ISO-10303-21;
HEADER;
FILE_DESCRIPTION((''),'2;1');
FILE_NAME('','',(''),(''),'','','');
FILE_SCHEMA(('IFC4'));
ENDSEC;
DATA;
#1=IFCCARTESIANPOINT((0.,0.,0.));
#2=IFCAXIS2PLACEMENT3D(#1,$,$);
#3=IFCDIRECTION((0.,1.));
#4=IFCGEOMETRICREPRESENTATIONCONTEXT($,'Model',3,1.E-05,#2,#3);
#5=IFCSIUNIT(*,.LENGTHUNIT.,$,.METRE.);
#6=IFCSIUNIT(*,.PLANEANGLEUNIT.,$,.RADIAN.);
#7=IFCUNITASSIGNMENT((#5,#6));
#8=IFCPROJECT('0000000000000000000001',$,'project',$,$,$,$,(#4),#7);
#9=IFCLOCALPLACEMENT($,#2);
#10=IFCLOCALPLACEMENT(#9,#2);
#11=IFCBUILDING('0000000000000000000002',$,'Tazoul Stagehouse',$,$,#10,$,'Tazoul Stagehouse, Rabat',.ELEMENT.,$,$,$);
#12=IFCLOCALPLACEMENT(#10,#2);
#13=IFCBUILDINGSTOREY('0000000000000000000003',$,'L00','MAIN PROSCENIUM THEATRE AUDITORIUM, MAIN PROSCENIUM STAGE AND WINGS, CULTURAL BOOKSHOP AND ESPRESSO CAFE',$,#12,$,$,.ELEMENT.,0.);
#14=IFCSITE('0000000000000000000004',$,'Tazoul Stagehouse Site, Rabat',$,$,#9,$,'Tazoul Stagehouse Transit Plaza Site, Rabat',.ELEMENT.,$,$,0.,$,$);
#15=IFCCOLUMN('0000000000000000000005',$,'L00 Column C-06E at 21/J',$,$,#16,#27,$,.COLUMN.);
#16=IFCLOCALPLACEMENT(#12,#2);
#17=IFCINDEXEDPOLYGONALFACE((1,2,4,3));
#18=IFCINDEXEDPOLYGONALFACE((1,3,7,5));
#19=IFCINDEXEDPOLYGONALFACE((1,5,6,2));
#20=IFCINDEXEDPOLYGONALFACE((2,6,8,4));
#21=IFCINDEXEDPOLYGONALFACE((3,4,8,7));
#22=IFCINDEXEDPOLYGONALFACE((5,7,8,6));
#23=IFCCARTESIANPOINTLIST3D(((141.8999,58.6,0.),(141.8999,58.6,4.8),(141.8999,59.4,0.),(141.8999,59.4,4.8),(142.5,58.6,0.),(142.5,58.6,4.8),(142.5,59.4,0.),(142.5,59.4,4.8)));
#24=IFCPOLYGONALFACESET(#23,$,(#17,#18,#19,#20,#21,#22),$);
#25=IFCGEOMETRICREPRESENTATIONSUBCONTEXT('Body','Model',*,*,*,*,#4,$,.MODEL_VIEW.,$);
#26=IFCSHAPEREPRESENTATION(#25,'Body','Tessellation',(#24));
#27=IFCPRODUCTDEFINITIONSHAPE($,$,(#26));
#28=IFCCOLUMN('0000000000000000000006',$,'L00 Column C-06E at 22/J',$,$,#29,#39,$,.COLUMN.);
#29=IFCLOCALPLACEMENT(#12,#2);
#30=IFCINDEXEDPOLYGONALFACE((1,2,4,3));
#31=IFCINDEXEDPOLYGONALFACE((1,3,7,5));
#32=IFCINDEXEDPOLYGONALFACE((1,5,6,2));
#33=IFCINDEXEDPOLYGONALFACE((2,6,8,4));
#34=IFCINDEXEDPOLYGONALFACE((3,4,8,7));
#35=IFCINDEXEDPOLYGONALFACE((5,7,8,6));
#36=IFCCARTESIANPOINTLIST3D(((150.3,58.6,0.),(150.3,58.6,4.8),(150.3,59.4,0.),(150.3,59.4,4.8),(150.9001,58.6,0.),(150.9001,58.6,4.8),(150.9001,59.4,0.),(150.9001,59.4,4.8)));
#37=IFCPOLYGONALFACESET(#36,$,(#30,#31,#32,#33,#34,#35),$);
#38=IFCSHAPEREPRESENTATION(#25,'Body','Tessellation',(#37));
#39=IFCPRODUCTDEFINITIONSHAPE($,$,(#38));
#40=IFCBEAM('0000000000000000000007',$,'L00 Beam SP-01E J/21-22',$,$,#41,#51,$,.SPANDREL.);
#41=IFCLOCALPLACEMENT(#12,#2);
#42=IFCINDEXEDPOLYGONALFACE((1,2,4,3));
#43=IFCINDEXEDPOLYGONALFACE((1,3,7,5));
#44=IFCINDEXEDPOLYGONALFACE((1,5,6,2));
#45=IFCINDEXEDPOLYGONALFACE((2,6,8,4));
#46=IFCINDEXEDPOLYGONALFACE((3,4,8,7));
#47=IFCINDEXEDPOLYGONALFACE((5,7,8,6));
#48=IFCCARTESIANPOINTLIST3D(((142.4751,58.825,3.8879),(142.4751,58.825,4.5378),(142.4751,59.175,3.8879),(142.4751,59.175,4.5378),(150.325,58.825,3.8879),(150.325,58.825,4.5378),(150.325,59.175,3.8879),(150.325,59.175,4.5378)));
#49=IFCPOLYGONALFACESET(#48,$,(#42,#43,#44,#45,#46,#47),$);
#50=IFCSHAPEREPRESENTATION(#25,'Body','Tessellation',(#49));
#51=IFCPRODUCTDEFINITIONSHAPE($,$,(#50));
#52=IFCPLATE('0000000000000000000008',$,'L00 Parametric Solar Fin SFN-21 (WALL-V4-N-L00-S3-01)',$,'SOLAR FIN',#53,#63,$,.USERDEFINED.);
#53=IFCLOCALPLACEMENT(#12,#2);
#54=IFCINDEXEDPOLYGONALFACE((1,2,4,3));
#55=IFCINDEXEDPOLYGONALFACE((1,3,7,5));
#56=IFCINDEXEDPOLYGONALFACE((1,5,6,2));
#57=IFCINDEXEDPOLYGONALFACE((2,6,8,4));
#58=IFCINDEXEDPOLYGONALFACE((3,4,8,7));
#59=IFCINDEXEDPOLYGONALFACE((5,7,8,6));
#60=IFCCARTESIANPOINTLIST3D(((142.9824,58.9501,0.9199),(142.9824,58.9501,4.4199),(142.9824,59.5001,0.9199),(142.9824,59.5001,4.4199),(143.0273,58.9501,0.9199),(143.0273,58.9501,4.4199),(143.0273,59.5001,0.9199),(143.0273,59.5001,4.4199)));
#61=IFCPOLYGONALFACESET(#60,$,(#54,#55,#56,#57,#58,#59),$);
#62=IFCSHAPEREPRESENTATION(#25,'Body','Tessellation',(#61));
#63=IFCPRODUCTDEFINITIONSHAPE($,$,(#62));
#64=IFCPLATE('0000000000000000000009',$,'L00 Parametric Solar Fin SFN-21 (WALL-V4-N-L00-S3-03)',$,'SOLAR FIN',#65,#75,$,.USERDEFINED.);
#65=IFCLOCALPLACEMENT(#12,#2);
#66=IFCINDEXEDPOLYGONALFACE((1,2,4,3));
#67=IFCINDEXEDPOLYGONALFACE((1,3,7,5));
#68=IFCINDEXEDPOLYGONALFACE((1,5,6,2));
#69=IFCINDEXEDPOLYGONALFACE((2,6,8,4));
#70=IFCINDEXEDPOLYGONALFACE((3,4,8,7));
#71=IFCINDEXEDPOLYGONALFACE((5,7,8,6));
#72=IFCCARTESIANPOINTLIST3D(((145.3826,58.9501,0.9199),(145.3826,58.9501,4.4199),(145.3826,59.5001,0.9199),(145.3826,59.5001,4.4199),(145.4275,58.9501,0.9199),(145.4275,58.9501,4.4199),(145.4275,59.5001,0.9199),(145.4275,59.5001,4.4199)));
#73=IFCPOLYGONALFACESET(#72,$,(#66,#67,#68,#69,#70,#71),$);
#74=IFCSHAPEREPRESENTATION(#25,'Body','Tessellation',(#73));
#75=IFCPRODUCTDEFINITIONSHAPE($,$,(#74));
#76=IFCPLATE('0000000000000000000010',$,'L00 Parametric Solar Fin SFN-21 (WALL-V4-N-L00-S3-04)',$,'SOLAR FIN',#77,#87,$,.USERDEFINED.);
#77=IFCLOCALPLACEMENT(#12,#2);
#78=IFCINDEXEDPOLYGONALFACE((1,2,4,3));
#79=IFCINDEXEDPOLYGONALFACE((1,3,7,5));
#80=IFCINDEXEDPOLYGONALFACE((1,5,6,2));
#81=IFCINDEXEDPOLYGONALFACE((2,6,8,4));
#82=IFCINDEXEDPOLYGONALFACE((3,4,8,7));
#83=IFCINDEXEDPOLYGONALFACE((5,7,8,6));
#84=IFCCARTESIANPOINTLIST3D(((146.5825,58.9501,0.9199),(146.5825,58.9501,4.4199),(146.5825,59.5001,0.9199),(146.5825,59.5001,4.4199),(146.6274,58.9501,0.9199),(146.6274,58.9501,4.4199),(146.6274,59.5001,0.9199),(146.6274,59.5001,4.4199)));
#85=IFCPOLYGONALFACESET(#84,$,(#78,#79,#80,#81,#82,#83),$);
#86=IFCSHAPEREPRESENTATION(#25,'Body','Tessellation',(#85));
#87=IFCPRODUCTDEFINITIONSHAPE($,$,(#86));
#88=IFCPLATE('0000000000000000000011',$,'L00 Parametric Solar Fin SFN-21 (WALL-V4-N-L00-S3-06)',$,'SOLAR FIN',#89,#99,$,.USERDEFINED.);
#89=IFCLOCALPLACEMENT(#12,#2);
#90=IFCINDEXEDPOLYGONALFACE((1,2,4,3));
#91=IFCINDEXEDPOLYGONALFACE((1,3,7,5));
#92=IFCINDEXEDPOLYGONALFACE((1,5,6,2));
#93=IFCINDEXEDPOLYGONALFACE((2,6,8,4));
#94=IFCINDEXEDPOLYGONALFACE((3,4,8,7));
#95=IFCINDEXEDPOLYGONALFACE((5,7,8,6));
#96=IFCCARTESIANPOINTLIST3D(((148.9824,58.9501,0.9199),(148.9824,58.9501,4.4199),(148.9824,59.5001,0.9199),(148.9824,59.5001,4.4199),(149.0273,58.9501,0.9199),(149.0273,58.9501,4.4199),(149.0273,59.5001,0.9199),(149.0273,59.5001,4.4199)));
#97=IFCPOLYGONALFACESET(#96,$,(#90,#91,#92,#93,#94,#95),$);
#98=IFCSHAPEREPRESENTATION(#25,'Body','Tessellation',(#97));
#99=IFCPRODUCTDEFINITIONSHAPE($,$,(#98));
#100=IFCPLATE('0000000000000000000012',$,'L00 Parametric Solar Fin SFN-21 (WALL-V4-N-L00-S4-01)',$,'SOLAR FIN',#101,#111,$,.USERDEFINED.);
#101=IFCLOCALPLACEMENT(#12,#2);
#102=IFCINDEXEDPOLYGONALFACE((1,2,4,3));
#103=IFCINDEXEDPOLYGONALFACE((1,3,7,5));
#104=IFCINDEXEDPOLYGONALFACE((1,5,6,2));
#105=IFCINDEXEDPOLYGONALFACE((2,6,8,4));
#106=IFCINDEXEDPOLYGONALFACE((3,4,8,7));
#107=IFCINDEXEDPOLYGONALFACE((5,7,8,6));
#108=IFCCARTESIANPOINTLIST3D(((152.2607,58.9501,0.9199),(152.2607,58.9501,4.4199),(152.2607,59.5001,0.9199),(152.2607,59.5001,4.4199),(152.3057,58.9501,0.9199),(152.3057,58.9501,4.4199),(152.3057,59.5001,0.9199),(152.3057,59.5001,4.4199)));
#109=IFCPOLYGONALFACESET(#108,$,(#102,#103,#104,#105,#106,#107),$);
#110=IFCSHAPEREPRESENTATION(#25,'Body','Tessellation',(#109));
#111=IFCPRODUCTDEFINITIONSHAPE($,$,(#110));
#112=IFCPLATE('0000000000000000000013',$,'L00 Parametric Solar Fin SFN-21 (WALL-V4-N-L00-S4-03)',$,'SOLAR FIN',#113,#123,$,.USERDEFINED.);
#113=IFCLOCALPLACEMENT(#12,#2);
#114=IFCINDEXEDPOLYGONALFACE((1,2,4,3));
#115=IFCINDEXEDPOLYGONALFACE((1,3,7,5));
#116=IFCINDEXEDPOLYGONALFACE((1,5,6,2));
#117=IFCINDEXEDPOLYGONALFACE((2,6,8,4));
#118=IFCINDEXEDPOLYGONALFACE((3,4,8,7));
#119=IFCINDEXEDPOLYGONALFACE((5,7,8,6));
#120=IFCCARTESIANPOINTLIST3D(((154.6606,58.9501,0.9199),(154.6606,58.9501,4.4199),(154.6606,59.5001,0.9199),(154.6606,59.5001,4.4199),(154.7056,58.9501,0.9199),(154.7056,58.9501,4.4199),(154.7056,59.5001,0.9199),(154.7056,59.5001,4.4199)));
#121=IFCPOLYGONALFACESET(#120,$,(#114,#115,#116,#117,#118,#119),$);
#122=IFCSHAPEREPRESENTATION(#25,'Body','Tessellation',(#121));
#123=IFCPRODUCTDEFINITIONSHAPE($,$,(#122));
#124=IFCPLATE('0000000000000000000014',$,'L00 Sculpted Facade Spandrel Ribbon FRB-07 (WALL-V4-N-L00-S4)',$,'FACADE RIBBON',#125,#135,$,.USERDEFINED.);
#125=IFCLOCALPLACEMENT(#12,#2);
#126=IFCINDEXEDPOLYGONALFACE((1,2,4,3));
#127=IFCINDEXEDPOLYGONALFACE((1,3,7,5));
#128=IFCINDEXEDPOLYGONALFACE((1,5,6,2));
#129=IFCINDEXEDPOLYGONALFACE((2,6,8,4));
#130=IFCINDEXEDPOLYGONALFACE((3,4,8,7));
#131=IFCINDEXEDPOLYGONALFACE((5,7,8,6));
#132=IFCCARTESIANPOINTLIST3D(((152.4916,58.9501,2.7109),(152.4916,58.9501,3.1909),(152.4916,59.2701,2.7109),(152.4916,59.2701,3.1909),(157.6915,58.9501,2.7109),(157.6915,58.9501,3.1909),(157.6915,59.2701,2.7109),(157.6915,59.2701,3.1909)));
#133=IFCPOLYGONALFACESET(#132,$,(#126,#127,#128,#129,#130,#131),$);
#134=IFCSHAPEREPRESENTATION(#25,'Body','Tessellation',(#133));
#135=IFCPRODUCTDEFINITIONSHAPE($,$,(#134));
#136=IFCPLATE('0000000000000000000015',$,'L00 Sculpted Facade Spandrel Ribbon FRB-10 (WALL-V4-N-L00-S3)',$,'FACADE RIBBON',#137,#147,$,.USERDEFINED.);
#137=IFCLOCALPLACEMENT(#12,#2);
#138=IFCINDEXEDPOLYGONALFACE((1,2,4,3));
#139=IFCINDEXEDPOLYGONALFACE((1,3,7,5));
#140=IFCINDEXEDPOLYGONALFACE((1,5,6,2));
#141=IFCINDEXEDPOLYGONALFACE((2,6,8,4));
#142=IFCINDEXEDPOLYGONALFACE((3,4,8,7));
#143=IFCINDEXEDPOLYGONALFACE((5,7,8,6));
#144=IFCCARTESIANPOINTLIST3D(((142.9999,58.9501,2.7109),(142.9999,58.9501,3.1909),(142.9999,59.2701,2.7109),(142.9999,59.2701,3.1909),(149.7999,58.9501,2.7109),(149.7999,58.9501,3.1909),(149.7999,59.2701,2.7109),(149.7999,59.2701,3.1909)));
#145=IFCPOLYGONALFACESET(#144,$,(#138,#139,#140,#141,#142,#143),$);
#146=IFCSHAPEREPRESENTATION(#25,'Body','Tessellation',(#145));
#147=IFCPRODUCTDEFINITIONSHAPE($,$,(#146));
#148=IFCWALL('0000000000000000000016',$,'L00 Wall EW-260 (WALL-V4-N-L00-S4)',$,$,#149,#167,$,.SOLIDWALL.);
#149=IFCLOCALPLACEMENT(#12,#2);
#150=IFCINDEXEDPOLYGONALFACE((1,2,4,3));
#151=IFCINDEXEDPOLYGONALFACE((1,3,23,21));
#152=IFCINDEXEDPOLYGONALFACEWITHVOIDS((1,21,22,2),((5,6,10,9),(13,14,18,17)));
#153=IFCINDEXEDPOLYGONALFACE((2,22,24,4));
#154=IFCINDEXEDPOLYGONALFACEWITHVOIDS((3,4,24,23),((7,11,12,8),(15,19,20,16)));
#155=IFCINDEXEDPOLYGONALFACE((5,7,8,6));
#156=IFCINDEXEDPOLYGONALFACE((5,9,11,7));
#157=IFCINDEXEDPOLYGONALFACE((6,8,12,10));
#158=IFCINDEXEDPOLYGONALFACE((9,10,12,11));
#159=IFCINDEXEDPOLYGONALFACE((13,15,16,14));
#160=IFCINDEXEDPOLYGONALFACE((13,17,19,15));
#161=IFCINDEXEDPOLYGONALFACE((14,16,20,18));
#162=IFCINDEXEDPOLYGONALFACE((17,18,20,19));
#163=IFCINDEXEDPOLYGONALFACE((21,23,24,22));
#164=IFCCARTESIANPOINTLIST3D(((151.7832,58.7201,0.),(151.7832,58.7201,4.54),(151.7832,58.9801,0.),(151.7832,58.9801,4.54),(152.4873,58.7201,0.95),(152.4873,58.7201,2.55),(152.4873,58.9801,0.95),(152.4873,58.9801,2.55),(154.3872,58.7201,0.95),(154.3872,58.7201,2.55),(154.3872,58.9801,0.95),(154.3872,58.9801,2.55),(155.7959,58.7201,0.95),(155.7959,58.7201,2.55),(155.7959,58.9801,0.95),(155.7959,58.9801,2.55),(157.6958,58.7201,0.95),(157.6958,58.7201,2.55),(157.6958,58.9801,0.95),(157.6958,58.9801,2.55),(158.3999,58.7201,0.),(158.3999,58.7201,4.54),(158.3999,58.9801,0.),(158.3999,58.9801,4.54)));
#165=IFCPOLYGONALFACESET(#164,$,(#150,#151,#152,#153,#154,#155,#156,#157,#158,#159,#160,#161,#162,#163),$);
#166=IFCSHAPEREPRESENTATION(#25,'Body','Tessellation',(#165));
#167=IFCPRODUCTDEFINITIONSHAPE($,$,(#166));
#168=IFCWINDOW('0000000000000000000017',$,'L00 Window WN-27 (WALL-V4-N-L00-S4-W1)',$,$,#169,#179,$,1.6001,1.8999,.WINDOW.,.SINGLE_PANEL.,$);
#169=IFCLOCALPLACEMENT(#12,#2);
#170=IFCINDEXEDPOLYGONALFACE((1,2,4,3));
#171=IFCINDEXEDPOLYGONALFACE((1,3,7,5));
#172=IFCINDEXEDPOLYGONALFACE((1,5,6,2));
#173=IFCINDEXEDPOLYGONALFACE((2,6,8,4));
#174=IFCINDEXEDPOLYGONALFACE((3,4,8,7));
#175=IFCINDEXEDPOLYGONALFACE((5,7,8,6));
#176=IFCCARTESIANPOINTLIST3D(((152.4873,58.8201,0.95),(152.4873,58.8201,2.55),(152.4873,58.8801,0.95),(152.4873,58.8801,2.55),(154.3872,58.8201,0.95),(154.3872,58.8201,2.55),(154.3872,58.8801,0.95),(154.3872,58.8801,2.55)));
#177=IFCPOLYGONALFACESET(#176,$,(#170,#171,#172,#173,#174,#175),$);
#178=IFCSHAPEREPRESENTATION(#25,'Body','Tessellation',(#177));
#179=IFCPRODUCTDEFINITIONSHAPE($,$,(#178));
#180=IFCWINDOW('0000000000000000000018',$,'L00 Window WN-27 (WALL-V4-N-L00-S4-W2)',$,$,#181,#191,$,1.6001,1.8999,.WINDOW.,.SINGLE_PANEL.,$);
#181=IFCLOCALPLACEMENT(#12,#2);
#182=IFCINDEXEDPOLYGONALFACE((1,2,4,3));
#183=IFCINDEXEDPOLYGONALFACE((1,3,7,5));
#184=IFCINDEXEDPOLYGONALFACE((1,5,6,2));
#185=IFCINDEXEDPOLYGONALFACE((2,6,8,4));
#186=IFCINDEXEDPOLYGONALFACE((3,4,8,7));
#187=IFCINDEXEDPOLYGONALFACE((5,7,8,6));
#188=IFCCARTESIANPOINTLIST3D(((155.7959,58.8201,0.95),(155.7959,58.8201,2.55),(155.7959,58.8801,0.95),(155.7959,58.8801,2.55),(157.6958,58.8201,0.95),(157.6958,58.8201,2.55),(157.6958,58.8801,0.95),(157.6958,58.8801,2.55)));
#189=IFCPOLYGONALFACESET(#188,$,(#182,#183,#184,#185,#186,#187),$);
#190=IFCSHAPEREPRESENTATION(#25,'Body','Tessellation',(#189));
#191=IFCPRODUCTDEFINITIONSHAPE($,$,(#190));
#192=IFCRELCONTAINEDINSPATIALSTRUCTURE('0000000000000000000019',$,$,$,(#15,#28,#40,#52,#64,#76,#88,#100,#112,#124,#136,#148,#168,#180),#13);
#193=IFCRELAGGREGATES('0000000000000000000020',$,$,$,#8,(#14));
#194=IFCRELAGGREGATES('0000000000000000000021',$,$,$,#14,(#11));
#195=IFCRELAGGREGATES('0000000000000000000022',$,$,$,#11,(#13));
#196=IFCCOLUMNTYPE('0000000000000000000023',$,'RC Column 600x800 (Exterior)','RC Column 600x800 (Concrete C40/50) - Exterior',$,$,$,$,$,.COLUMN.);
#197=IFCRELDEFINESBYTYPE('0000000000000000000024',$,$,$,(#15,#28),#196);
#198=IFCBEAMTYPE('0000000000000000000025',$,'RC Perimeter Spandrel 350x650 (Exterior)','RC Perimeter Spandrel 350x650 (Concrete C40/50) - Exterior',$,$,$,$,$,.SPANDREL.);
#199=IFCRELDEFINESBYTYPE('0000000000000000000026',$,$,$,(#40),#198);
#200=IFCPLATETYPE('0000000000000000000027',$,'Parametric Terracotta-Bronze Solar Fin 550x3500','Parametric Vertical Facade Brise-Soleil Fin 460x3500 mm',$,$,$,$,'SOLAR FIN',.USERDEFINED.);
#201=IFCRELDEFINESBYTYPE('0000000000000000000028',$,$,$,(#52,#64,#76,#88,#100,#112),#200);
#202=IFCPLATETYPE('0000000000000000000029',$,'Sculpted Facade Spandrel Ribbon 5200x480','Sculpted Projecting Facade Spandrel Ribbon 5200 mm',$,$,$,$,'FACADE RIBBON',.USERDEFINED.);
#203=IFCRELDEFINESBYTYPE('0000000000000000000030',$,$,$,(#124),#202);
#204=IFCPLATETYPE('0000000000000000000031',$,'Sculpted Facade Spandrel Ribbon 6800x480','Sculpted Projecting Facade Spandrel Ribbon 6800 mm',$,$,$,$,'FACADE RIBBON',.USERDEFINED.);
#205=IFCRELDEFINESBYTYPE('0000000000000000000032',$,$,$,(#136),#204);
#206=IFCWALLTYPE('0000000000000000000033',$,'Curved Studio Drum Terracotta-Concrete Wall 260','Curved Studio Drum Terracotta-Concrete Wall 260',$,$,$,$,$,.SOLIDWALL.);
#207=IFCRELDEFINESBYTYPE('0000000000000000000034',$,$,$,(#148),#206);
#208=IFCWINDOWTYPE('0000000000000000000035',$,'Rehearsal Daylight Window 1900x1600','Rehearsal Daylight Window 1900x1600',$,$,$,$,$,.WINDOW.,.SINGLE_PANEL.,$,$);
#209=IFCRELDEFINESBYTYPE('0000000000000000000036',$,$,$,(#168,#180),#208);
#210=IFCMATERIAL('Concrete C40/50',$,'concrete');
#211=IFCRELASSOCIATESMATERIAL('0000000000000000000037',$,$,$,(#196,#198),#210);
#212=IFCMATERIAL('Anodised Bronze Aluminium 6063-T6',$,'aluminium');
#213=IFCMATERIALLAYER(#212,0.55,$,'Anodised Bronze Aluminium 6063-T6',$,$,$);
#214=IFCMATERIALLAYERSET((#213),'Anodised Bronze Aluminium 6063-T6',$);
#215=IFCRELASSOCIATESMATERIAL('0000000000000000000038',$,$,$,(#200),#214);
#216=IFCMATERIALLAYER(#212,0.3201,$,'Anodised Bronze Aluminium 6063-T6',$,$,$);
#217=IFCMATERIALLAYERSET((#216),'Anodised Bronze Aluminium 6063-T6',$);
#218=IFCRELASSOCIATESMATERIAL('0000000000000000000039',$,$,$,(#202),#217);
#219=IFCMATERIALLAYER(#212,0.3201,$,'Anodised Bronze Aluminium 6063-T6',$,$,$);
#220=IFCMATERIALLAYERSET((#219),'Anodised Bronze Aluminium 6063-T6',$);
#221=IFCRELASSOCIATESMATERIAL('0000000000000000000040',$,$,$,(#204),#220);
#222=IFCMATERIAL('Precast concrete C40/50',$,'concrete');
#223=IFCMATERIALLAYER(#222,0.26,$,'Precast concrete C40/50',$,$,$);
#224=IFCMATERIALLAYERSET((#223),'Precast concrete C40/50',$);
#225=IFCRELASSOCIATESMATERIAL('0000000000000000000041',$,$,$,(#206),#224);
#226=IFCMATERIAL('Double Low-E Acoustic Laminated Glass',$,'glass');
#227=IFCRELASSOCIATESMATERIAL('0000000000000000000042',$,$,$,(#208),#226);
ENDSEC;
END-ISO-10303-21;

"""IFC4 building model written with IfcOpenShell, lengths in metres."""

from ifc_helpers import new_model, si_unit, direction, frame, frame_2d, origin, origin_2d, place, context, subcontext, project, spatial, rectangle, extrude, material, layer, layer_set, material_profile, profile_set, type_object, element, fill, save


model = new_model("IFC4")

# Units and contexts
model_context = context("Model", 3, precision=1e-05, world=origin(), true_north=direction((0.0, 1.0)))
body_context = subcontext(model_context, "Body", "Model", "MODEL_VIEW")
ifc_project = project(units=[si_unit("LENGTHUNIT", "METRE"), si_unit("PLANEANGLEUNIT", "RADIAN")], contexts=[model_context])

# Site, building, storey
site_placement = place(None, origin())
site = spatial("IfcSite", under=ifc_project, at=site_placement, Name="Tazoul Stagehouse Site, Rabat", LongName="Tazoul Stagehouse Transit Plaza Site, Rabat", CompositionType="ELEMENT", RefElevation=0.0)
building_placement = place(site_placement, origin())
building = spatial("IfcBuilding", under=site, at=building_placement, Name="Tazoul Stagehouse", LongName="Tazoul Stagehouse, Rabat", CompositionType="ELEMENT")
storey_placement = place(building_placement, origin())
storey = spatial("IfcBuildingStorey", under=building, at=storey_placement, Name="L00", Description="MAIN PROSCENIUM THEATRE AUDITORIUM, MAIN PROSCENIUM STAGE AND WINGS, CULTURAL BOOKSHOP AND ESPRESSO CAFE", CompositionType="ELEMENT", Elevation=0.0)

# Columns
ifc_material_1 = material(Name="Concrete C40/50", Category="concrete")
ifc_material_profile_1 = material_profile(ifc_material_1, rectangle(XDim=0.6001, YDim=0.8, at=origin_2d()), Name="RC 600x800")
ifc_profile_set_1 = profile_set([ifc_material_profile_1], Name="Concrete C40/50")
column_type = type_object("IfcColumnType", Name="RC Column 600x800 (Exterior)", Description="RC Column 600x800 (Concrete C40/50) - Exterior", PredefinedType="COLUMN", material=ifc_profile_set_1)
for number, where, z_axis, x_axis, name in (
    (1, (142.2, 59.0, 0.0), (0.0, 0.0, 1.0), (1.0, 0.0, 0.0), "L00 Column C-06E at 21/J"),
    (2, (150.6001, 59.0, 0.0), (0.0, 0.0, 1.0), (1.0, 0.0, 0.0), "L00 Column C-06E at 22/J"),
):
    element("IfcColumn", number, at=place(storey_placement, frame(where, z_axis=z_axis, x_axis=x_axis)), inside=storey, type_object=column_type, Name=name, PredefinedType="COLUMN", context=body_context, shape_type="SweptSolid", body=[
        extrude(rectangle(XDim=0.6001, YDim=0.8, at=origin_2d()), origin(), (0.0, 0.0, 1.0), 4.8),
    ])

# Beam
ifc_material_profile_2 = material_profile(ifc_material_1, rectangle(XDim=0.3501, YDim=0.6499, at=origin_2d()), Name="RC 350x650")
ifc_profile_set_2 = profile_set([ifc_material_profile_2], Name="Concrete C40/50")
beam_type = type_object("IfcBeamType", Name="RC Perimeter Spandrel 350x650 (Exterior)", Description="RC Perimeter Spandrel 350x650 (Concrete C40/50) - Exterior", PredefinedType="SPANDREL", material=ifc_profile_set_2)
beam_placement = place(storey_placement, frame((142.4751, 59.0, 4.2129), z_axis=(1.0, 0.0, 0.0), x_axis=(0.0, 1.0, 0.0)))
element("IfcBeam", 3, at=beam_placement, inside=storey, type_object=beam_type, Name="L00 Beam SP-01E J/21-22", PredefinedType="SPANDREL", context=body_context, shape_type="SweptSolid", body=[
    extrude(rectangle(XDim=0.3501, YDim=0.6499, at=origin_2d()), origin(), (0.0, 0.0, 1.0), 7.8499),
])

# Plates
ifc_material_2 = material(Name="Anodised Bronze Aluminium 6063-T6", Category="aluminium")
ifc_layer_1 = layer(ifc_material_2, 0.55, Name="Anodised Bronze Aluminium 6063-T6")
ifc_layer_set_1 = layer_set([ifc_layer_1], Name="Anodised Bronze Aluminium 6063-T6")
plate_type_1 = type_object("IfcPlateType", Name="Parametric Terracotta-Bronze Solar Fin 550x3500", Description="Parametric Vertical Facade Brise-Soleil Fin 460x3500 mm", ElementType="SOLAR FIN", PredefinedType="USERDEFINED", material=ifc_layer_set_1)
for number, where, z_axis, x_axis, name in (
    (4, (143.0049, 59.2251, 0.9199), (0.0, 0.0, 1.0), (1.0, 0.0, 0.0), "L00 Parametric Solar Fin SFN-21 (WALL-V4-N-L00-S3-01)"),
    (5, (145.405, 59.2251, 0.9199), (0.0, 0.0, 1.0), (1.0, 0.0, 0.0), "L00 Parametric Solar Fin SFN-21 (WALL-V4-N-L00-S3-03)"),
    (6, (146.605, 59.2251, 0.9199), (0.0, 0.0, 1.0), (1.0, 0.0, 0.0), "L00 Parametric Solar Fin SFN-21 (WALL-V4-N-L00-S3-04)"),
    (7, (149.0049, 59.2251, 0.9199), (0.0, 0.0, 1.0), (1.0, 0.0, 0.0), "L00 Parametric Solar Fin SFN-21 (WALL-V4-N-L00-S3-06)"),
    (8, (152.2832, 59.2251, 0.9199), (0.0, 0.0, 1.0), (1.0, 0.0, 0.0), "L00 Parametric Solar Fin SFN-21 (WALL-V4-N-L00-S4-01)"),
    (9, (154.6831, 59.2251, 0.9199), (0.0, 0.0, 1.0), (1.0, 0.0, 0.0), "L00 Parametric Solar Fin SFN-21 (WALL-V4-N-L00-S4-03)"),
):
    element("IfcPlate", number, at=place(storey_placement, frame(where, z_axis=z_axis, x_axis=x_axis)), inside=storey, type_object=plate_type_1, Name=name, ObjectType="SOLAR FIN", PredefinedType="USERDEFINED", context=body_context, shape_type="SweptSolid", body=[
        extrude(rectangle(XDim=0.0449, YDim=0.55, at=origin_2d()), origin(), (0.0, 0.0, 1.0), 3.5),
    ])
ifc_layer_2 = layer(ifc_material_2, 0.3201, Name="Anodised Bronze Aluminium 6063-T6")
ifc_layer_set_2 = layer_set([ifc_layer_2], Name="Anodised Bronze Aluminium 6063-T6")
plate_type_2 = type_object("IfcPlateType", Name="Sculpted Facade Spandrel Ribbon 5200x480", Description="Sculpted Projecting Facade Spandrel Ribbon 5200 mm", ElementType="FACADE RIBBON", PredefinedType="USERDEFINED", material=ifc_layer_set_2)
plate_1_placement = place(storey_placement, frame((155.0916, 59.1101, 2.7109), z_axis=(0.0, 0.0, 1.0), x_axis=(1.0, 0.0, 0.0)))
element("IfcPlate", 10, at=plate_1_placement, inside=storey, type_object=plate_type_2, Name="L00 Sculpted Facade Spandrel Ribbon FRB-07 (WALL-V4-N-L00-S4)", ObjectType="FACADE RIBBON", PredefinedType="USERDEFINED", context=body_context, shape_type="SweptSolid", body=[
    extrude(rectangle(XDim=5.2, YDim=0.3201, at=origin_2d()), origin(), (0.0, 0.0, 1.0), 0.48),
])
ifc_layer_3 = layer(ifc_material_2, 0.3201, Name="Anodised Bronze Aluminium 6063-T6")
ifc_layer_set_3 = layer_set([ifc_layer_3], Name="Anodised Bronze Aluminium 6063-T6")
plate_type_3 = type_object("IfcPlateType", Name="Sculpted Facade Spandrel Ribbon 6800x480", Description="Sculpted Projecting Facade Spandrel Ribbon 6800 mm", ElementType="FACADE RIBBON", PredefinedType="USERDEFINED", material=ifc_layer_set_3)
plate_2_placement = place(storey_placement, frame((146.3999, 59.1101, 2.7109), z_axis=(0.0, 0.0, 1.0), x_axis=(1.0, 0.0, 0.0)))
element("IfcPlate", 11, at=plate_2_placement, inside=storey, type_object=plate_type_3, Name="L00 Sculpted Facade Spandrel Ribbon FRB-10 (WALL-V4-N-L00-S3)", ObjectType="FACADE RIBBON", PredefinedType="USERDEFINED", context=body_context, shape_type="SweptSolid", body=[
    extrude(rectangle(XDim=6.8, YDim=0.3201, at=origin_2d()), origin(), (0.0, 0.0, 1.0), 0.48),
])

# Wall, openings, windows
ifc_material_3 = material(Name="Precast concrete C40/50", Category="concrete")
ifc_layer_4 = layer(ifc_material_3, 0.26, Name="Precast concrete C40/50")
ifc_layer_set_4 = layer_set([ifc_layer_4], Name="Precast concrete C40/50")
wall_type = type_object("IfcWallType", Name="Curved Studio Drum Terracotta-Concrete Wall 260", Description="Curved Studio Drum Terracotta-Concrete Wall 260", PredefinedType="SOLIDWALL", material=ifc_layer_set_4)
wall_placement = place(storey_placement, frame((151.7832, 58.8501, 0.0), z_axis=(0.0, 0.0, 1.0), x_axis=(1.0, 0.0, 0.0)))
wall = element("IfcWall", 12, at=wall_placement, inside=storey, type_object=wall_type, Name="L00 Wall EW-260 (WALL-V4-N-L00-S4)", PredefinedType="SOLIDWALL", context=body_context, shape_type="SweptSolid", body=[
    extrude(rectangle(XDim=6.6167, YDim=0.26, at=frame_2d((3.3083, 0.0))), origin(), (0.0, 0.0, 1.0), 4.54),
])
opening_1_placement = place(wall_placement, frame((0.7041, 0.0, 0.95)))
opening_1 = element("IfcOpeningElement", 13, at=opening_1_placement, cuts=wall, PredefinedType="OPENING", context=body_context, shape_type="SweptSolid", body=[
    extrude(rectangle(XDim=1.8999, YDim=1.6001, at=frame_2d((0.95, 0.8))), frame((0.0, 0.1499, 0.0), z_axis=(0.0, -1.0, 0.0), x_axis=(1.0, 0.0, 0.0)), (0.0, 0.0, 1.0), 0.3),
])
opening_2_placement = place(wall_placement, frame((4.0127, 0.0, 0.95)))
opening_2 = element("IfcOpeningElement", 14, at=opening_2_placement, cuts=wall, PredefinedType="OPENING", context=body_context, shape_type="SweptSolid", body=[
    extrude(rectangle(XDim=1.8999, YDim=1.6001, at=frame_2d((0.95, 0.8))), frame((0.0, 0.1499, 0.0), z_axis=(0.0, -1.0, 0.0), x_axis=(1.0, 0.0, 0.0)), (0.0, 0.0, 1.0), 0.3),
])
ifc_material_4 = material(Name="Double Low-E Acoustic Laminated Glass", Category="glass")
window_type = type_object("IfcWindowType", Name="Rehearsal Daylight Window 1900x1600", Description="Rehearsal Daylight Window 1900x1600", PartitioningType="SINGLE_PANEL", PredefinedType="WINDOW", material=ifc_material_4)
window_1_placement = place(opening_1_placement, origin())
window_1 = element("IfcWindow", 15, at=window_1_placement, inside=storey, type_object=window_type, Name="L00 Window WN-27 (WALL-V4-N-L00-S4-W1)", OverallHeight=1.6001, OverallWidth=1.8999, PartitioningType="SINGLE_PANEL", PredefinedType="WINDOW", context=body_context, shape_type="SweptSolid", body=[
    extrude(rectangle(XDim=1.8999, YDim=1.6001, at=frame_2d((0.95, 0.8))), frame((0.0, 0.03, 0.0), z_axis=(0.0, -1.0, 0.0), x_axis=(1.0, 0.0, 0.0)), (0.0, 0.0, 1.0), 0.0601),
])
fill(opening_1, window_1)
window_2_placement = place(opening_2_placement, origin())
window_2 = element("IfcWindow", 16, at=window_2_placement, inside=storey, type_object=window_type, Name="L00 Window WN-27 (WALL-V4-N-L00-S4-W2)", OverallHeight=1.6001, OverallWidth=1.8999, PartitioningType="SINGLE_PANEL", PredefinedType="WINDOW", context=body_context, shape_type="SweptSolid", body=[
    extrude(rectangle(XDim=1.8999, YDim=1.6001, at=frame_2d((0.95, 0.8))), frame((0.0, 0.03, 0.0), z_axis=(0.0, -1.0, 0.0), x_axis=(1.0, 0.0, 0.0)), (0.0, 0.0, 1.0), 0.0601),
])
fill(opening_2, window_2)

save(model, "model.ifc")
